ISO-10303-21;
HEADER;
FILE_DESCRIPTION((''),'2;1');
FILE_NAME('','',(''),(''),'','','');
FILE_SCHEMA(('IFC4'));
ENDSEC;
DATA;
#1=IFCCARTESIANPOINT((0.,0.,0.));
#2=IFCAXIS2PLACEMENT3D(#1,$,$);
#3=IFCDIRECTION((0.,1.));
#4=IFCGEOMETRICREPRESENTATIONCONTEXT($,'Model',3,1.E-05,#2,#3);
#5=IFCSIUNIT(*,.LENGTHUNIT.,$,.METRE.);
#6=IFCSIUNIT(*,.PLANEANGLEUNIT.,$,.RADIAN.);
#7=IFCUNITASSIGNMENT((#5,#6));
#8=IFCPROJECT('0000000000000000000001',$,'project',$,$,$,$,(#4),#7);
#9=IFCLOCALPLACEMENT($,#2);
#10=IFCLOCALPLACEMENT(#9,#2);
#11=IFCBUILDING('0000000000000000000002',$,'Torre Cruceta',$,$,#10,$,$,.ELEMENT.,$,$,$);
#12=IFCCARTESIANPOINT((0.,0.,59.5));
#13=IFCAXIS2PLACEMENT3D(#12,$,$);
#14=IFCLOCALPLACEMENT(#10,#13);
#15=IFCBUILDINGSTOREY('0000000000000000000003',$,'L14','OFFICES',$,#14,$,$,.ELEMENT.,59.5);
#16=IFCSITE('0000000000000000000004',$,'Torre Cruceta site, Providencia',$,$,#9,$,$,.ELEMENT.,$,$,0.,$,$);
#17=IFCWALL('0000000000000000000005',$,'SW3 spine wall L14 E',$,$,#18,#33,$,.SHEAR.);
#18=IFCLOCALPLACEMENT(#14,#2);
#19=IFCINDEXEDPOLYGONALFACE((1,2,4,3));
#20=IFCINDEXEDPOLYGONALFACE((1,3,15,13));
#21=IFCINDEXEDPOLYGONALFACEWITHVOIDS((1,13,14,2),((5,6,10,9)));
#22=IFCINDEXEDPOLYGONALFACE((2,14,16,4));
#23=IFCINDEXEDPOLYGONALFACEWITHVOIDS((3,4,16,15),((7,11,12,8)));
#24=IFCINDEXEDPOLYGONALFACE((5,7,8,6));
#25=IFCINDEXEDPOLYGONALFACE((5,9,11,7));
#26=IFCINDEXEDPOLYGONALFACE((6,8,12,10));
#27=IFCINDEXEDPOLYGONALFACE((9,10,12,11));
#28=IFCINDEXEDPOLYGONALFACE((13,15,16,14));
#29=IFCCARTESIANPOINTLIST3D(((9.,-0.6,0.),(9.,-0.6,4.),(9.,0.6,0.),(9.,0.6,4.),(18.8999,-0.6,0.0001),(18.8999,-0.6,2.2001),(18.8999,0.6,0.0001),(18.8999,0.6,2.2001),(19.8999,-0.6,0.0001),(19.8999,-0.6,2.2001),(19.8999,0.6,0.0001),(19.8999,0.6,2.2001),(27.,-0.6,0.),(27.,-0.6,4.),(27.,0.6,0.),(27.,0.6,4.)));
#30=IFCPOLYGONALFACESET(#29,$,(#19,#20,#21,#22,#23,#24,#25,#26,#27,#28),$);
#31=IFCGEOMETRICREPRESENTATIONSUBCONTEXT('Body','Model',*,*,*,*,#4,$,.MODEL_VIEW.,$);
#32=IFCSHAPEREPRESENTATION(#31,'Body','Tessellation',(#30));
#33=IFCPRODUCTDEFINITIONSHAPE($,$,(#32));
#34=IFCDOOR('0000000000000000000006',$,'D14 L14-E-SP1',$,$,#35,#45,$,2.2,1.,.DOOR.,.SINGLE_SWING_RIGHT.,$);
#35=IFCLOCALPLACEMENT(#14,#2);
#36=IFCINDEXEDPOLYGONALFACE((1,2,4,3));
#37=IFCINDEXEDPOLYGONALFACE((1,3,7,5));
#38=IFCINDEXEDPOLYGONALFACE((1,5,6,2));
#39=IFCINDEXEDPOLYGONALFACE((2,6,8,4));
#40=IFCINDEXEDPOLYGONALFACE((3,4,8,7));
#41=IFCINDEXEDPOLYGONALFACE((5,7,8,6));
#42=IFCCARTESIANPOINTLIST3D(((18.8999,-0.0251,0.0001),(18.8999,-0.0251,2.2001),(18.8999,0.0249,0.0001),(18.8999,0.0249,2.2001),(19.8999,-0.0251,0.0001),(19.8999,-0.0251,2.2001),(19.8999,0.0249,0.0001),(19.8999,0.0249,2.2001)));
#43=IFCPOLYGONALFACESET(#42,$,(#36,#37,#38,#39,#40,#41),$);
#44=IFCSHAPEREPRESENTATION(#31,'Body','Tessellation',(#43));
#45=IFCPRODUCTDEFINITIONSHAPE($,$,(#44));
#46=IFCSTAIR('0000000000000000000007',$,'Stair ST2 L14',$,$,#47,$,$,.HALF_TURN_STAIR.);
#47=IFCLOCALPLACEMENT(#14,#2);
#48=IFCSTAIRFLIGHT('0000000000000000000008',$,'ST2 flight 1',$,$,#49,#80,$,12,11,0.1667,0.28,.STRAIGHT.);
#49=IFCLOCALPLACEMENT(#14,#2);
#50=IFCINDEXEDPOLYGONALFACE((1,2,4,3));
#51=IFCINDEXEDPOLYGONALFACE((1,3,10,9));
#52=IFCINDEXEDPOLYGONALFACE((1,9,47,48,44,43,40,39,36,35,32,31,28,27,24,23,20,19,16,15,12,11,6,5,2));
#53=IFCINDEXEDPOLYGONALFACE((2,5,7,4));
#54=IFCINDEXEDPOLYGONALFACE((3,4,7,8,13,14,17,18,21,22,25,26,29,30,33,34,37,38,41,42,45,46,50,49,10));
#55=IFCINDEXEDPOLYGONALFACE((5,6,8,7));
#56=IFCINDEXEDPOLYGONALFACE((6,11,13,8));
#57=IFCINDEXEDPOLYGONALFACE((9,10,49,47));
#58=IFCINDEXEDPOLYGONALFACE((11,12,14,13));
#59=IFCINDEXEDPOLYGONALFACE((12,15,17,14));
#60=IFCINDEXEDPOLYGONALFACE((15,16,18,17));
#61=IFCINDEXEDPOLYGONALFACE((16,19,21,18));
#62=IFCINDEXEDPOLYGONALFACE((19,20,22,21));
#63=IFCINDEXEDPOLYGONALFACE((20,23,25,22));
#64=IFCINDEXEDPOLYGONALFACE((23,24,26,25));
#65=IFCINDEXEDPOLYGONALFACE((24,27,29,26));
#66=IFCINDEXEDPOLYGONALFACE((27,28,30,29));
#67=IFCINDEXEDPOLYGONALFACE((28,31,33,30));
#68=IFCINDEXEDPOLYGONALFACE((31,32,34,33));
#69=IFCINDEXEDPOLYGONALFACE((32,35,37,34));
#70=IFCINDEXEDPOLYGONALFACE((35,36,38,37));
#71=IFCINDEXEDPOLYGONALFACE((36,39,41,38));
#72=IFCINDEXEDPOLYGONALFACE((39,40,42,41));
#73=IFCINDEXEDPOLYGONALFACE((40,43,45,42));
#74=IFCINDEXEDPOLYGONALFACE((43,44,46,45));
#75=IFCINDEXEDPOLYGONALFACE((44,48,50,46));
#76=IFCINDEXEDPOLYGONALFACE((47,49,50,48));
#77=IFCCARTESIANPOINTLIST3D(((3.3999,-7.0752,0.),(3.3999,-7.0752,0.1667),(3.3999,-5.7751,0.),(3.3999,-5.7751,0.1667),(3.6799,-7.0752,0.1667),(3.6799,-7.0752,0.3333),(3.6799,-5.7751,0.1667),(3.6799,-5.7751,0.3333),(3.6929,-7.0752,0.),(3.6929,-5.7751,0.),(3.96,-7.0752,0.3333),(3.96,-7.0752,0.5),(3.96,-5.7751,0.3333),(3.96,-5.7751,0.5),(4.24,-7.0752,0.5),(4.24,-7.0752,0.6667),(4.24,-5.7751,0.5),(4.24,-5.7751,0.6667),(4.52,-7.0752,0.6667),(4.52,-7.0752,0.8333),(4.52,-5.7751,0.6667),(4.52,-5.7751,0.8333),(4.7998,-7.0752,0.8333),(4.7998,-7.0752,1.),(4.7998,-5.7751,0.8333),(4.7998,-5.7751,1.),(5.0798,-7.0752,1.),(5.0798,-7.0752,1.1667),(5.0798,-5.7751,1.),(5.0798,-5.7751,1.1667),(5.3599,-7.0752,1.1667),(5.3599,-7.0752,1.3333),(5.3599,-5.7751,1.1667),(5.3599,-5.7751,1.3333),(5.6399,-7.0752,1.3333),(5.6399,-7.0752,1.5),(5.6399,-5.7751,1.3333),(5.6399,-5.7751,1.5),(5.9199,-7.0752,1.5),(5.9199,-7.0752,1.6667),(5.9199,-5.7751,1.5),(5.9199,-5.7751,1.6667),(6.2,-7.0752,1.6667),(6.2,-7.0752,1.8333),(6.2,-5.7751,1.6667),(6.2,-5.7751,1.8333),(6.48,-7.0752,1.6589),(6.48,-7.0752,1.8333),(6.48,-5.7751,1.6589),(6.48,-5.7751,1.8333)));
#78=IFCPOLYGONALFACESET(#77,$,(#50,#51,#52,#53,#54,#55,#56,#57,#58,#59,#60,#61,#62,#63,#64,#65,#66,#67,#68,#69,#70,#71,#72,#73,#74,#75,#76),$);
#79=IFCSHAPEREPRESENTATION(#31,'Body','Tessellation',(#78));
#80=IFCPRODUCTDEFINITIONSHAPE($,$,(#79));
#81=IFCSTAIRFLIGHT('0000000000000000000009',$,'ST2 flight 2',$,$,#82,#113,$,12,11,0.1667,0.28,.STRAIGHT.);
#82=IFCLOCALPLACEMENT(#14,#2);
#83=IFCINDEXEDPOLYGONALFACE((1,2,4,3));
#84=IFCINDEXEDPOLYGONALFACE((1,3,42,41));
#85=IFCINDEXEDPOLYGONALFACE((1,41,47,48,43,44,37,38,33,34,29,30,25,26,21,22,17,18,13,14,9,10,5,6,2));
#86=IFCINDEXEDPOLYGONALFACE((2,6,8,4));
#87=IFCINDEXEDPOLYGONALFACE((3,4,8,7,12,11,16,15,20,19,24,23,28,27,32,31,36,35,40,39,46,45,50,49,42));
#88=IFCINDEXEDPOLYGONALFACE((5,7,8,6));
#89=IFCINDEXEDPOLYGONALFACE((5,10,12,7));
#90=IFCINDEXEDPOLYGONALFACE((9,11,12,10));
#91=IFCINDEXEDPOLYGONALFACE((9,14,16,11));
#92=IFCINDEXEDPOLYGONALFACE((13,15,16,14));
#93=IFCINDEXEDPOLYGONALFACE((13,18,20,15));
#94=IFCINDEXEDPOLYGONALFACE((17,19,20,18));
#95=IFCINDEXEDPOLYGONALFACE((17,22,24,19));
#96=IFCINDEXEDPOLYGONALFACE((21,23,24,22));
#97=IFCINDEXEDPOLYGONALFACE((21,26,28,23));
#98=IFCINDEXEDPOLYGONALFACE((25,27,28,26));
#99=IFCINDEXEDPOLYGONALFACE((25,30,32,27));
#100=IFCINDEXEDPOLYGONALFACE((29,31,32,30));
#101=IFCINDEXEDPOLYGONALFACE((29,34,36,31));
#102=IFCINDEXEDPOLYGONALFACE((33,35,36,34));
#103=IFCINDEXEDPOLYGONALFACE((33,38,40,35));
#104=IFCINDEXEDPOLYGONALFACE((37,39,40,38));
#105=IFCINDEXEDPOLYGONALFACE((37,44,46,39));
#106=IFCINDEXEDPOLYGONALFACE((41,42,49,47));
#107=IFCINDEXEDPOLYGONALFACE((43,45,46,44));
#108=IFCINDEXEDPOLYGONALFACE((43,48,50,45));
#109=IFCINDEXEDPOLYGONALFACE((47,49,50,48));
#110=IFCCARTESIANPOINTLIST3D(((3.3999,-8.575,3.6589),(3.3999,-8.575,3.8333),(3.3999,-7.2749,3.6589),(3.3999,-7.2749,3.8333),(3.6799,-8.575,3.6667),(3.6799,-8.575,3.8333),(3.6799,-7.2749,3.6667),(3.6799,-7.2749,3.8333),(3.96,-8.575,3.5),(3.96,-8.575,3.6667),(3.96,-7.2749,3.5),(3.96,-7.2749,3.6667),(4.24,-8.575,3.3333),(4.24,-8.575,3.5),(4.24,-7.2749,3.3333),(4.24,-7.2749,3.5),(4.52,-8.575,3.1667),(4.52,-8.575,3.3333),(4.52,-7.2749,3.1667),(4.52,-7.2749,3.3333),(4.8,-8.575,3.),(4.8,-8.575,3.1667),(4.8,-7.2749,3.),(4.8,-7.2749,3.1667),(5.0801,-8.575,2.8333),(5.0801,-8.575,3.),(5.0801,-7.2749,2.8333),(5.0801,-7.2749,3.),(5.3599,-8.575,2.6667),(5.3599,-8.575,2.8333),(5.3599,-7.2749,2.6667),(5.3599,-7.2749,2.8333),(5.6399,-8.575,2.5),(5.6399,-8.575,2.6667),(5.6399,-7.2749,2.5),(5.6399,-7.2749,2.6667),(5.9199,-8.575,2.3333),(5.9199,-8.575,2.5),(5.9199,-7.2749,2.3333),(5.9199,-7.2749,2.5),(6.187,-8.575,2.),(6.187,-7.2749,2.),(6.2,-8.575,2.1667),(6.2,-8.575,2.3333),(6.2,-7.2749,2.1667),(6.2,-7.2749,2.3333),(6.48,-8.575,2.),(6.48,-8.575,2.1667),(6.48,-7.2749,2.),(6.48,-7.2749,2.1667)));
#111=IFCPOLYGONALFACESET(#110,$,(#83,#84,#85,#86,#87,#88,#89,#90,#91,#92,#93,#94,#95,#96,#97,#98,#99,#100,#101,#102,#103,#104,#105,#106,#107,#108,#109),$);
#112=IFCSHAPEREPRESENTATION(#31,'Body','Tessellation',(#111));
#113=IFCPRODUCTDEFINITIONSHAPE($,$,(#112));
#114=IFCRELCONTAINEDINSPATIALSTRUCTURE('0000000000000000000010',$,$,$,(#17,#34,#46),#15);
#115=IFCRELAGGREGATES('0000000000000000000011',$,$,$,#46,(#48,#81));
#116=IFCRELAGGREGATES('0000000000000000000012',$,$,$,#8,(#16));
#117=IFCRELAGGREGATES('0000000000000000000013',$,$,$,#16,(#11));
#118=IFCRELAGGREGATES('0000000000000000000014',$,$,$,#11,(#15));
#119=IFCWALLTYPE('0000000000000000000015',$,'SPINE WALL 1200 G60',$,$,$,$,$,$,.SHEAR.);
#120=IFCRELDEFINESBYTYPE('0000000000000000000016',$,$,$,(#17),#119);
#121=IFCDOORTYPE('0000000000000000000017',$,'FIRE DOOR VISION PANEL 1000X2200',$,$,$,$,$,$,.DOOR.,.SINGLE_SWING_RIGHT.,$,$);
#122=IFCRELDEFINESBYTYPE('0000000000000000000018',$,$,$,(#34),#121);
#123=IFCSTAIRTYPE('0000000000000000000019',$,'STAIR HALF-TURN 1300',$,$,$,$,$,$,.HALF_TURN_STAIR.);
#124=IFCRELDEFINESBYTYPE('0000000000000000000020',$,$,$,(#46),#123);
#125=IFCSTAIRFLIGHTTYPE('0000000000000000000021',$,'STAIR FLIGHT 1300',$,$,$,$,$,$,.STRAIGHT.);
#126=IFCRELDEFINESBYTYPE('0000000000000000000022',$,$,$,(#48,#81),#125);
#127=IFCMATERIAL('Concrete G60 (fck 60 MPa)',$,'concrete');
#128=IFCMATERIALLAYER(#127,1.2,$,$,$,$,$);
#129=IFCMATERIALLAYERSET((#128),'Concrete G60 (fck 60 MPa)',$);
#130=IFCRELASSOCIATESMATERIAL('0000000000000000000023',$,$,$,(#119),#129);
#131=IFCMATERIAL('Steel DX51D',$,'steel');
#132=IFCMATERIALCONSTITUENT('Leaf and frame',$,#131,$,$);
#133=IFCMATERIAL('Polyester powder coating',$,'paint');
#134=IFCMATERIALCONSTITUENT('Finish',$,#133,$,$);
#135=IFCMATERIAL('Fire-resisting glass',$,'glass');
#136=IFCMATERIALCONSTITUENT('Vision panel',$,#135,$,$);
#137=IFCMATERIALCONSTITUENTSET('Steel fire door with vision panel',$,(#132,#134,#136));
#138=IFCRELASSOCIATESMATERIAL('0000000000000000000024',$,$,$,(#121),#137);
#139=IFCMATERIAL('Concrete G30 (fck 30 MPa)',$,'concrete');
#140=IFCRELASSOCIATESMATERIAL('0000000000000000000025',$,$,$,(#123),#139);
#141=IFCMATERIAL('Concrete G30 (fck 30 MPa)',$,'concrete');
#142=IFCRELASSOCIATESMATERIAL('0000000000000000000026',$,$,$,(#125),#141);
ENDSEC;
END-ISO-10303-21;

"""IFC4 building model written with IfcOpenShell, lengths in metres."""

from ifc_helpers import new_model, si_unit, direction, frame, frame_2d, origin, place, context, subcontext, project, spatial, polyline, rectangle, outline, extrude, material, layer, layer_set, constituent, constituent_set, type_object, element, fill, aggregate, save


model = new_model("IFC4")

# Units and contexts
model_context = context("Model", 3, precision=1e-05, world=origin(), true_north=direction((0.0, 1.0)))
body_context = subcontext(model_context, "Body", "Model", "MODEL_VIEW")
ifc_project = project(units=[si_unit("LENGTHUNIT", "METRE"), si_unit("PLANEANGLEUNIT", "RADIAN")], contexts=[model_context])

# Site, building, storey
site_placement = place(None, origin())
site = spatial("IfcSite", under=ifc_project, at=site_placement, Name="Torre Cruceta site, Providencia", CompositionType="ELEMENT", RefElevation=0.0)
building_placement = place(site_placement, origin())
building = spatial("IfcBuilding", under=site, at=building_placement, Name="Torre Cruceta", CompositionType="ELEMENT")
storey_placement = place(building_placement, frame((0.0, 0.0, 59.5)))
storey = spatial("IfcBuildingStorey", under=building, at=storey_placement, Name="L14", Description="OFFICES", CompositionType="ELEMENT", Elevation=59.5)

# Wall, opening, door
ifc_material_1 = material(Name="Concrete G60 (fck 60 MPa)", Category="concrete")
ifc_layer_1 = layer(ifc_material_1, 1.2)
ifc_layer_set_1 = layer_set([ifc_layer_1], Name="Concrete G60 (fck 60 MPa)")
wall_type_1 = type_object("IfcWallType", Name="SPINE WALL 1200 G60", PredefinedType="SHEAR", material=ifc_layer_set_1)
wall_1_placement = place(storey_placement, frame((9.0, 0.0, 0.0), z_axis=(0.0, 0.0, 1.0), x_axis=(1.0, 0.0, 0.0)))
wall_1 = element("IfcWall", 1, at=wall_1_placement, inside=storey, type_object=wall_type_1, Name="SW3 spine wall L14 E", PredefinedType="SHEAR", context=body_context, shape_type="SweptSolid", body=[
    extrude(rectangle(XDim=18.0, YDim=1.2, at=frame_2d((9.0, 0.0))), origin(), (0.0, 0.0, 1.0), 4.0),
])
opening_1_placement = place(wall_1_placement, frame((9.8999, 0.0, 0.0)))
opening_1 = element("IfcOpeningElement", 2, at=opening_1_placement, cuts=wall_1, PredefinedType="OPENING", context=body_context, shape_type="SweptSolid", body=[
    extrude(rectangle(XDim=1.0, YDim=2.2, at=frame_2d((0.5, 1.1001))), frame((0.0, 0.6099, 0.0), z_axis=(0.0, -1.0, 0.0), x_axis=(1.0, 0.0, 0.0)), (0.0, 0.0, 1.0), 1.22),
])
ifc_material_2 = material(Name="Steel DX51D", Category="steel")
ifc_constituent_1 = constituent(ifc_material_2, Name="Leaf and frame")
ifc_material_3 = material(Name="Polyester powder coating", Category="paint")
ifc_constituent_2 = constituent(ifc_material_3, Name="Finish")
ifc_material_4 = material(Name="Fire-resisting glass", Category="glass")
ifc_constituent_3 = constituent(ifc_material_4, Name="Vision panel")
ifc_constituent_set_1 = constituent_set(constituents=[ifc_constituent_1, ifc_constituent_2, ifc_constituent_3], Name="Steel fire door with vision panel")
door_type_1 = type_object("IfcDoorType", Name="FIRE DOOR VISION PANEL 1000X2200", OperationType="SINGLE_SWING_RIGHT", PredefinedType="DOOR", material=ifc_constituent_set_1)
door_1_placement = place(opening_1_placement, origin())
door_1 = element("IfcDoor", 3, at=door_1_placement, inside=storey, type_object=door_type_1, Name="D14 L14-E-SP1", OperationType="SINGLE_SWING_RIGHT", OverallHeight=2.2, OverallWidth=1.0, PredefinedType="DOOR", context=body_context, shape_type="SweptSolid", body=[
    extrude(rectangle(XDim=1.0, YDim=2.2, at=frame_2d((0.5, 1.1001))), frame((0.0, 0.0249, 0.0), z_axis=(0.0, -1.0, 0.0), x_axis=(1.0, 0.0, 0.0)), (0.0, 0.0, 1.0), 0.05),
])
fill(opening_1, door_1)

# Stair, stair flights
ifc_material_5 = material(Name="Concrete G30 (fck 30 MPa)", Category="concrete")
stair_type = type_object("IfcStairType", Name="STAIR HALF-TURN 1300", PredefinedType="HALF_TURN_STAIR", material=ifc_material_5)
stair_placement = place(storey_placement, origin())
stair = element("IfcStair", 4, at=stair_placement, inside=storey, type_object=stair_type, Name="Stair ST2 L14", PredefinedType="HALF_TURN_STAIR")
ifc_material_6 = material(Name="Concrete G30 (fck 30 MPa)", Category="concrete")
stair_flight_type = type_object("IfcStairFlightType", Name="STAIR FLIGHT 1300", PredefinedType="STRAIGHT", material=ifc_material_6)
stair_flight_1_placement = place(storey_placement, frame((3.3999, -6.425, 0.0), z_axis=(0.0, 0.0, 1.0), x_axis=(1.0, 0.0, 0.0)))
stair_flight_1 = element("IfcStairFlight", 5, at=stair_flight_1_placement, type_object=stair_flight_type, Name="ST2 flight 1", NumberOfRisers=12, NumberOfTreads=11, PredefinedType="STRAIGHT", RiserHeight=0.1667, TreadLength=0.28, context=body_context, shape_type="SweptSolid", body=[
    extrude(outline(polyline([(0.0, 0.0), (0.0, 0.1667), (0.28, 0.1667), (0.28, 0.3333), (0.5601, 0.3333), (0.5601, 0.5), (0.8401, 0.5), (0.8401, 0.6667), (1.1201, 0.6667), (1.1201, 0.8333), (1.3999, 0.8333), (1.3999, 1.0), (1.6799, 1.0), (1.6799, 1.1667), (1.96, 1.1667), (1.96, 1.3333), (2.24, 1.3333), (2.24, 1.5), (2.52, 1.5), (2.52, 1.6667), (2.8, 1.6667), (2.8, 1.8333), (3.0801, 1.8333), (3.0801, 2.0), (3.0801, 1.6589), (0.293, 0.0), (0.0, 0.0)])), frame((0.0, 0.6499, 0.0), z_axis=(0.0, -1.0, 0.0), x_axis=(1.0, 0.0, 0.0)), (0.0, 0.0, 1.0), 1.3),
])
stair_flight_2_placement = place(storey_placement, frame((6.48, -7.925, 2.0), z_axis=(0.0, 0.0, 1.0), x_axis=(-1.0, 0.0, 0.0)))
stair_flight_2 = element("IfcStairFlight", 6, at=stair_flight_2_placement, type_object=stair_flight_type, Name="ST2 flight 2", NumberOfRisers=12, NumberOfTreads=11, PredefinedType="STRAIGHT", RiserHeight=0.1667, TreadLength=0.28, context=body_context, shape_type="SweptSolid", body=[
    extrude(outline(polyline([(0.0, 0.0), (0.0, 0.1667), (0.28, 0.1667), (0.28, 0.3333), (0.5601, 0.3333), (0.5601, 0.5), (0.8401, 0.5), (0.8401, 0.6667), (1.1201, 0.6667), (1.1201, 0.8333), (1.3999, 0.8333), (1.3999, 1.0), (1.6799, 1.0), (1.6799, 1.1667), (1.96, 1.1667), (1.96, 1.3333), (2.24, 1.3333), (2.24, 1.5), (2.52, 1.5), (2.52, 1.6667), (2.8, 1.6667), (2.8, 1.8333), (3.0801, 1.8333), (3.0801, 2.0), (3.0801, 1.6589), (0.293, 0.0), (0.0, 0.0)])), frame((0.0, 0.6499, 0.0), z_axis=(0.0, -1.0, 0.0), x_axis=(1.0, 0.0, 0.0)), (0.0, 0.0, 1.0), 1.3),
])
aggregate(stair, [stair_flight_1, stair_flight_2])

save(model, "model.ifc")
